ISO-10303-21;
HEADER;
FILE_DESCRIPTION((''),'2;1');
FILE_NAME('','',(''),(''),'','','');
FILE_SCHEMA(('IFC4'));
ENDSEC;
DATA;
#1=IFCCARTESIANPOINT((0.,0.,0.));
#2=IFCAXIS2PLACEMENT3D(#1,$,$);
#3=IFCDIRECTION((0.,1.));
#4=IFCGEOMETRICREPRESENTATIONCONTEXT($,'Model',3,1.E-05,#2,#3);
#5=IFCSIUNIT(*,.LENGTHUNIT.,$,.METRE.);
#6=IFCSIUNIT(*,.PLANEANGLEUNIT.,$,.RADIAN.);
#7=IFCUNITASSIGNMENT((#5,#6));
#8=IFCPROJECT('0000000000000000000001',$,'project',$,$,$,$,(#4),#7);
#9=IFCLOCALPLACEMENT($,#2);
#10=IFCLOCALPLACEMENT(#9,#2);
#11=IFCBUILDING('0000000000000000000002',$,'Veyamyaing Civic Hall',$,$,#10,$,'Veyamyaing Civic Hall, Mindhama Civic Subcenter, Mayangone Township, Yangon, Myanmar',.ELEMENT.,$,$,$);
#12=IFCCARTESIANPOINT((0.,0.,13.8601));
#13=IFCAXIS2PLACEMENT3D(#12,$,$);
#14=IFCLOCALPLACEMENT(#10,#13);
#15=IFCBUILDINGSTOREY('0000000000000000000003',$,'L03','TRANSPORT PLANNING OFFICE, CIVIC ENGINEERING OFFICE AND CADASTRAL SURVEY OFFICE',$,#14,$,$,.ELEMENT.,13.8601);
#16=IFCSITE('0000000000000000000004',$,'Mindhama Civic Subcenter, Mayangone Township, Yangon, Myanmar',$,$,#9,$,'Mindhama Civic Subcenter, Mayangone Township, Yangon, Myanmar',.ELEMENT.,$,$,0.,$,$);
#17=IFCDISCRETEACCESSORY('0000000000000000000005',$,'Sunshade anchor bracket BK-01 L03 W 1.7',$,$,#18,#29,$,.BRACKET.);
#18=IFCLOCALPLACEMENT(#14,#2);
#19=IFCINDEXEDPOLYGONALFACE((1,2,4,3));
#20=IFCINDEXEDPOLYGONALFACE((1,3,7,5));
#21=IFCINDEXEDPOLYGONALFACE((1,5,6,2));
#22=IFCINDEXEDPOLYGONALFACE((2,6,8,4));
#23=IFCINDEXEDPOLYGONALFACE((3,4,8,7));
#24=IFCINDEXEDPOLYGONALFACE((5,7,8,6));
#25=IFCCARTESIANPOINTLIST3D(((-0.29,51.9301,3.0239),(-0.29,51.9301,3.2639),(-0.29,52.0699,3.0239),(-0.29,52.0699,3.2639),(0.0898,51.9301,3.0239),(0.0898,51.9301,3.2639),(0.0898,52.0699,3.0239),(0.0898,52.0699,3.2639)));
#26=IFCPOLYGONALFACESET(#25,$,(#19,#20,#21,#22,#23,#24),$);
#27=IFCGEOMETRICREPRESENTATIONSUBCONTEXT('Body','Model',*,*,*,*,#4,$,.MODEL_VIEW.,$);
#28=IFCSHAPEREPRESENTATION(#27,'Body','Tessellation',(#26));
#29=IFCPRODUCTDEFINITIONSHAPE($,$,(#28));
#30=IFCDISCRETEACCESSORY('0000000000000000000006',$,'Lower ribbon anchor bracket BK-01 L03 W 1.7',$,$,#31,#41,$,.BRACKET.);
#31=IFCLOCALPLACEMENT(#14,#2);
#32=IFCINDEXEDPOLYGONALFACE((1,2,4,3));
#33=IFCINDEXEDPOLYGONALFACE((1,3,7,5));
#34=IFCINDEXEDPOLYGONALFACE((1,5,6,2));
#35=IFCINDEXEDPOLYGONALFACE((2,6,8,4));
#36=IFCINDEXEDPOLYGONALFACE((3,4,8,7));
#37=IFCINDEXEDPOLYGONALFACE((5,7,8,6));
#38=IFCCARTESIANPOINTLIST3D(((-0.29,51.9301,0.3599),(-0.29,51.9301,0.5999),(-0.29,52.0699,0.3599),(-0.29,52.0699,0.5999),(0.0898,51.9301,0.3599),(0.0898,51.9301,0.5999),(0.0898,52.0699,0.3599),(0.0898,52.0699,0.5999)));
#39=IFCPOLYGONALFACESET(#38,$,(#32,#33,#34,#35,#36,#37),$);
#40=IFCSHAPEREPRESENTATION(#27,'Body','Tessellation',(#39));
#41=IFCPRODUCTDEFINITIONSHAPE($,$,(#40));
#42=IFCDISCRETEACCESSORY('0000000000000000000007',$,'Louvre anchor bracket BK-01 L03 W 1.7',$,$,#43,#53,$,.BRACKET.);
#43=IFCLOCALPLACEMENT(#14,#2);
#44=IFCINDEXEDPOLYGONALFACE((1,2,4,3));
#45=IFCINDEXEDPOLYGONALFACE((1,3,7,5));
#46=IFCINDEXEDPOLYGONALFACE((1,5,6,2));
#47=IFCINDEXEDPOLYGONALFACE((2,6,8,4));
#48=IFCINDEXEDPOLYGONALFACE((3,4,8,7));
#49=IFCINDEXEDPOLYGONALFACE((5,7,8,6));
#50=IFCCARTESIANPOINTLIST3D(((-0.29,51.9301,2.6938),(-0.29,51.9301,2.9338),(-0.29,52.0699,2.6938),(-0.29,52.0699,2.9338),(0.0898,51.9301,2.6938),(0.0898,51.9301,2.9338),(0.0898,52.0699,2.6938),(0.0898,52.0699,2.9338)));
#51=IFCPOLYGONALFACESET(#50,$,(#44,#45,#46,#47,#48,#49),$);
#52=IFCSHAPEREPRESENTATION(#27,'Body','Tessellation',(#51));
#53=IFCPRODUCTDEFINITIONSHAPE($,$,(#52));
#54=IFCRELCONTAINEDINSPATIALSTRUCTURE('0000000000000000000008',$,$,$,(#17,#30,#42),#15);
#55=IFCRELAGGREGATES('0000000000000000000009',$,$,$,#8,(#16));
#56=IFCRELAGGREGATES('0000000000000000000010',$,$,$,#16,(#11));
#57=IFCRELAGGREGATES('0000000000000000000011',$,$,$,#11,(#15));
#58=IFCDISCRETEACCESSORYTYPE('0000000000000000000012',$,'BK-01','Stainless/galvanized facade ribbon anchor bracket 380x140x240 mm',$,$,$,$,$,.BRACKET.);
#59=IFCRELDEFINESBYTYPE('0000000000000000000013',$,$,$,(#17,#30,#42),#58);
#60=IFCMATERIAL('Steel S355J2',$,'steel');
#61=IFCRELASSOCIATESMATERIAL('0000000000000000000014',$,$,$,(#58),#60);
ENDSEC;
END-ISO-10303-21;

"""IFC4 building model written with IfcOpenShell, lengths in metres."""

from ifc_helpers import new_model, si_unit, direction, frame, origin, origin_2d, place, context, subcontext, project, spatial, rectangle, extrude, material, type_object, element, save


model = new_model("IFC4")

# Units and contexts
model_context = context("Model", 3, precision=1e-05, world=origin(), true_north=direction((0.0, 1.0)))
body_context = subcontext(model_context, "Body", "Model", "MODEL_VIEW")
ifc_project = project(units=[si_unit("LENGTHUNIT", "METRE"), si_unit("PLANEANGLEUNIT", "RADIAN")], contexts=[model_context])

# Site, building, storey
site_placement = place(None, origin())
site = spatial("IfcSite", under=ifc_project, at=site_placement, Name="Mindhama Civic Subcenter, Mayangone Township, Yangon, Myanmar", LongName="Mindhama Civic Subcenter, Mayangone Township, Yangon, Myanmar", CompositionType="ELEMENT", RefElevation=0.0)
building_placement = place(site_placement, origin())
building = spatial("IfcBuilding", under=site, at=building_placement, Name="Veyamyaing Civic Hall", LongName="Veyamyaing Civic Hall, Mindhama Civic Subcenter, Mayangone Township, Yangon, Myanmar", CompositionType="ELEMENT")
storey_placement = place(building_placement, frame((0.0, 0.0, 13.8601)))
storey = spatial("IfcBuildingStorey", under=building, at=storey_placement, Name="L03", Description="TRANSPORT PLANNING OFFICE, CIVIC ENGINEERING OFFICE AND CADASTRAL SURVEY OFFICE", CompositionType="ELEMENT", Elevation=13.8601)

# Discrete accessories
ifc_material_1 = material(Name="Steel S355J2", Category="steel")
discrete_accessory_type = type_object("IfcDiscreteAccessoryType", Name="BK-01", Description="Stainless/galvanized facade ribbon anchor bracket 380x140x240 mm", PredefinedType="BRACKET", material=ifc_material_1)
for number, where, z_axis, x_axis, name in (
    (1, (-0.1001, 52.0, 3.0239), (0.0, 0.0, 1.0), (-1.0, 0.0, 0.0), "Sunshade anchor bracket BK-01 L03 W 1.7"),
    (2, (-0.1001, 52.0, 0.3599), (0.0, 0.0, 1.0), (-1.0, 0.0, 0.0), "Lower ribbon anchor bracket BK-01 L03 W 1.7"),
    (3, (-0.1001, 52.0, 2.6938), (0.0, 0.0, 1.0), (-1.0, 0.0, 0.0), "Louvre anchor bracket BK-01 L03 W 1.7"),
):
    element("IfcDiscreteAccessory", number, at=place(storey_placement, frame(where, z_axis=z_axis, x_axis=x_axis)), inside=storey, type_object=discrete_accessory_type, Name=name, PredefinedType="BRACKET", context=body_context, shape_type="SweptSolid", body=[
        extrude(rectangle(XDim=0.3799, YDim=0.1399, at=origin_2d()), origin(), (0.0, 0.0, 1.0), 0.24),
    ])

save(model, "model.ifc")
